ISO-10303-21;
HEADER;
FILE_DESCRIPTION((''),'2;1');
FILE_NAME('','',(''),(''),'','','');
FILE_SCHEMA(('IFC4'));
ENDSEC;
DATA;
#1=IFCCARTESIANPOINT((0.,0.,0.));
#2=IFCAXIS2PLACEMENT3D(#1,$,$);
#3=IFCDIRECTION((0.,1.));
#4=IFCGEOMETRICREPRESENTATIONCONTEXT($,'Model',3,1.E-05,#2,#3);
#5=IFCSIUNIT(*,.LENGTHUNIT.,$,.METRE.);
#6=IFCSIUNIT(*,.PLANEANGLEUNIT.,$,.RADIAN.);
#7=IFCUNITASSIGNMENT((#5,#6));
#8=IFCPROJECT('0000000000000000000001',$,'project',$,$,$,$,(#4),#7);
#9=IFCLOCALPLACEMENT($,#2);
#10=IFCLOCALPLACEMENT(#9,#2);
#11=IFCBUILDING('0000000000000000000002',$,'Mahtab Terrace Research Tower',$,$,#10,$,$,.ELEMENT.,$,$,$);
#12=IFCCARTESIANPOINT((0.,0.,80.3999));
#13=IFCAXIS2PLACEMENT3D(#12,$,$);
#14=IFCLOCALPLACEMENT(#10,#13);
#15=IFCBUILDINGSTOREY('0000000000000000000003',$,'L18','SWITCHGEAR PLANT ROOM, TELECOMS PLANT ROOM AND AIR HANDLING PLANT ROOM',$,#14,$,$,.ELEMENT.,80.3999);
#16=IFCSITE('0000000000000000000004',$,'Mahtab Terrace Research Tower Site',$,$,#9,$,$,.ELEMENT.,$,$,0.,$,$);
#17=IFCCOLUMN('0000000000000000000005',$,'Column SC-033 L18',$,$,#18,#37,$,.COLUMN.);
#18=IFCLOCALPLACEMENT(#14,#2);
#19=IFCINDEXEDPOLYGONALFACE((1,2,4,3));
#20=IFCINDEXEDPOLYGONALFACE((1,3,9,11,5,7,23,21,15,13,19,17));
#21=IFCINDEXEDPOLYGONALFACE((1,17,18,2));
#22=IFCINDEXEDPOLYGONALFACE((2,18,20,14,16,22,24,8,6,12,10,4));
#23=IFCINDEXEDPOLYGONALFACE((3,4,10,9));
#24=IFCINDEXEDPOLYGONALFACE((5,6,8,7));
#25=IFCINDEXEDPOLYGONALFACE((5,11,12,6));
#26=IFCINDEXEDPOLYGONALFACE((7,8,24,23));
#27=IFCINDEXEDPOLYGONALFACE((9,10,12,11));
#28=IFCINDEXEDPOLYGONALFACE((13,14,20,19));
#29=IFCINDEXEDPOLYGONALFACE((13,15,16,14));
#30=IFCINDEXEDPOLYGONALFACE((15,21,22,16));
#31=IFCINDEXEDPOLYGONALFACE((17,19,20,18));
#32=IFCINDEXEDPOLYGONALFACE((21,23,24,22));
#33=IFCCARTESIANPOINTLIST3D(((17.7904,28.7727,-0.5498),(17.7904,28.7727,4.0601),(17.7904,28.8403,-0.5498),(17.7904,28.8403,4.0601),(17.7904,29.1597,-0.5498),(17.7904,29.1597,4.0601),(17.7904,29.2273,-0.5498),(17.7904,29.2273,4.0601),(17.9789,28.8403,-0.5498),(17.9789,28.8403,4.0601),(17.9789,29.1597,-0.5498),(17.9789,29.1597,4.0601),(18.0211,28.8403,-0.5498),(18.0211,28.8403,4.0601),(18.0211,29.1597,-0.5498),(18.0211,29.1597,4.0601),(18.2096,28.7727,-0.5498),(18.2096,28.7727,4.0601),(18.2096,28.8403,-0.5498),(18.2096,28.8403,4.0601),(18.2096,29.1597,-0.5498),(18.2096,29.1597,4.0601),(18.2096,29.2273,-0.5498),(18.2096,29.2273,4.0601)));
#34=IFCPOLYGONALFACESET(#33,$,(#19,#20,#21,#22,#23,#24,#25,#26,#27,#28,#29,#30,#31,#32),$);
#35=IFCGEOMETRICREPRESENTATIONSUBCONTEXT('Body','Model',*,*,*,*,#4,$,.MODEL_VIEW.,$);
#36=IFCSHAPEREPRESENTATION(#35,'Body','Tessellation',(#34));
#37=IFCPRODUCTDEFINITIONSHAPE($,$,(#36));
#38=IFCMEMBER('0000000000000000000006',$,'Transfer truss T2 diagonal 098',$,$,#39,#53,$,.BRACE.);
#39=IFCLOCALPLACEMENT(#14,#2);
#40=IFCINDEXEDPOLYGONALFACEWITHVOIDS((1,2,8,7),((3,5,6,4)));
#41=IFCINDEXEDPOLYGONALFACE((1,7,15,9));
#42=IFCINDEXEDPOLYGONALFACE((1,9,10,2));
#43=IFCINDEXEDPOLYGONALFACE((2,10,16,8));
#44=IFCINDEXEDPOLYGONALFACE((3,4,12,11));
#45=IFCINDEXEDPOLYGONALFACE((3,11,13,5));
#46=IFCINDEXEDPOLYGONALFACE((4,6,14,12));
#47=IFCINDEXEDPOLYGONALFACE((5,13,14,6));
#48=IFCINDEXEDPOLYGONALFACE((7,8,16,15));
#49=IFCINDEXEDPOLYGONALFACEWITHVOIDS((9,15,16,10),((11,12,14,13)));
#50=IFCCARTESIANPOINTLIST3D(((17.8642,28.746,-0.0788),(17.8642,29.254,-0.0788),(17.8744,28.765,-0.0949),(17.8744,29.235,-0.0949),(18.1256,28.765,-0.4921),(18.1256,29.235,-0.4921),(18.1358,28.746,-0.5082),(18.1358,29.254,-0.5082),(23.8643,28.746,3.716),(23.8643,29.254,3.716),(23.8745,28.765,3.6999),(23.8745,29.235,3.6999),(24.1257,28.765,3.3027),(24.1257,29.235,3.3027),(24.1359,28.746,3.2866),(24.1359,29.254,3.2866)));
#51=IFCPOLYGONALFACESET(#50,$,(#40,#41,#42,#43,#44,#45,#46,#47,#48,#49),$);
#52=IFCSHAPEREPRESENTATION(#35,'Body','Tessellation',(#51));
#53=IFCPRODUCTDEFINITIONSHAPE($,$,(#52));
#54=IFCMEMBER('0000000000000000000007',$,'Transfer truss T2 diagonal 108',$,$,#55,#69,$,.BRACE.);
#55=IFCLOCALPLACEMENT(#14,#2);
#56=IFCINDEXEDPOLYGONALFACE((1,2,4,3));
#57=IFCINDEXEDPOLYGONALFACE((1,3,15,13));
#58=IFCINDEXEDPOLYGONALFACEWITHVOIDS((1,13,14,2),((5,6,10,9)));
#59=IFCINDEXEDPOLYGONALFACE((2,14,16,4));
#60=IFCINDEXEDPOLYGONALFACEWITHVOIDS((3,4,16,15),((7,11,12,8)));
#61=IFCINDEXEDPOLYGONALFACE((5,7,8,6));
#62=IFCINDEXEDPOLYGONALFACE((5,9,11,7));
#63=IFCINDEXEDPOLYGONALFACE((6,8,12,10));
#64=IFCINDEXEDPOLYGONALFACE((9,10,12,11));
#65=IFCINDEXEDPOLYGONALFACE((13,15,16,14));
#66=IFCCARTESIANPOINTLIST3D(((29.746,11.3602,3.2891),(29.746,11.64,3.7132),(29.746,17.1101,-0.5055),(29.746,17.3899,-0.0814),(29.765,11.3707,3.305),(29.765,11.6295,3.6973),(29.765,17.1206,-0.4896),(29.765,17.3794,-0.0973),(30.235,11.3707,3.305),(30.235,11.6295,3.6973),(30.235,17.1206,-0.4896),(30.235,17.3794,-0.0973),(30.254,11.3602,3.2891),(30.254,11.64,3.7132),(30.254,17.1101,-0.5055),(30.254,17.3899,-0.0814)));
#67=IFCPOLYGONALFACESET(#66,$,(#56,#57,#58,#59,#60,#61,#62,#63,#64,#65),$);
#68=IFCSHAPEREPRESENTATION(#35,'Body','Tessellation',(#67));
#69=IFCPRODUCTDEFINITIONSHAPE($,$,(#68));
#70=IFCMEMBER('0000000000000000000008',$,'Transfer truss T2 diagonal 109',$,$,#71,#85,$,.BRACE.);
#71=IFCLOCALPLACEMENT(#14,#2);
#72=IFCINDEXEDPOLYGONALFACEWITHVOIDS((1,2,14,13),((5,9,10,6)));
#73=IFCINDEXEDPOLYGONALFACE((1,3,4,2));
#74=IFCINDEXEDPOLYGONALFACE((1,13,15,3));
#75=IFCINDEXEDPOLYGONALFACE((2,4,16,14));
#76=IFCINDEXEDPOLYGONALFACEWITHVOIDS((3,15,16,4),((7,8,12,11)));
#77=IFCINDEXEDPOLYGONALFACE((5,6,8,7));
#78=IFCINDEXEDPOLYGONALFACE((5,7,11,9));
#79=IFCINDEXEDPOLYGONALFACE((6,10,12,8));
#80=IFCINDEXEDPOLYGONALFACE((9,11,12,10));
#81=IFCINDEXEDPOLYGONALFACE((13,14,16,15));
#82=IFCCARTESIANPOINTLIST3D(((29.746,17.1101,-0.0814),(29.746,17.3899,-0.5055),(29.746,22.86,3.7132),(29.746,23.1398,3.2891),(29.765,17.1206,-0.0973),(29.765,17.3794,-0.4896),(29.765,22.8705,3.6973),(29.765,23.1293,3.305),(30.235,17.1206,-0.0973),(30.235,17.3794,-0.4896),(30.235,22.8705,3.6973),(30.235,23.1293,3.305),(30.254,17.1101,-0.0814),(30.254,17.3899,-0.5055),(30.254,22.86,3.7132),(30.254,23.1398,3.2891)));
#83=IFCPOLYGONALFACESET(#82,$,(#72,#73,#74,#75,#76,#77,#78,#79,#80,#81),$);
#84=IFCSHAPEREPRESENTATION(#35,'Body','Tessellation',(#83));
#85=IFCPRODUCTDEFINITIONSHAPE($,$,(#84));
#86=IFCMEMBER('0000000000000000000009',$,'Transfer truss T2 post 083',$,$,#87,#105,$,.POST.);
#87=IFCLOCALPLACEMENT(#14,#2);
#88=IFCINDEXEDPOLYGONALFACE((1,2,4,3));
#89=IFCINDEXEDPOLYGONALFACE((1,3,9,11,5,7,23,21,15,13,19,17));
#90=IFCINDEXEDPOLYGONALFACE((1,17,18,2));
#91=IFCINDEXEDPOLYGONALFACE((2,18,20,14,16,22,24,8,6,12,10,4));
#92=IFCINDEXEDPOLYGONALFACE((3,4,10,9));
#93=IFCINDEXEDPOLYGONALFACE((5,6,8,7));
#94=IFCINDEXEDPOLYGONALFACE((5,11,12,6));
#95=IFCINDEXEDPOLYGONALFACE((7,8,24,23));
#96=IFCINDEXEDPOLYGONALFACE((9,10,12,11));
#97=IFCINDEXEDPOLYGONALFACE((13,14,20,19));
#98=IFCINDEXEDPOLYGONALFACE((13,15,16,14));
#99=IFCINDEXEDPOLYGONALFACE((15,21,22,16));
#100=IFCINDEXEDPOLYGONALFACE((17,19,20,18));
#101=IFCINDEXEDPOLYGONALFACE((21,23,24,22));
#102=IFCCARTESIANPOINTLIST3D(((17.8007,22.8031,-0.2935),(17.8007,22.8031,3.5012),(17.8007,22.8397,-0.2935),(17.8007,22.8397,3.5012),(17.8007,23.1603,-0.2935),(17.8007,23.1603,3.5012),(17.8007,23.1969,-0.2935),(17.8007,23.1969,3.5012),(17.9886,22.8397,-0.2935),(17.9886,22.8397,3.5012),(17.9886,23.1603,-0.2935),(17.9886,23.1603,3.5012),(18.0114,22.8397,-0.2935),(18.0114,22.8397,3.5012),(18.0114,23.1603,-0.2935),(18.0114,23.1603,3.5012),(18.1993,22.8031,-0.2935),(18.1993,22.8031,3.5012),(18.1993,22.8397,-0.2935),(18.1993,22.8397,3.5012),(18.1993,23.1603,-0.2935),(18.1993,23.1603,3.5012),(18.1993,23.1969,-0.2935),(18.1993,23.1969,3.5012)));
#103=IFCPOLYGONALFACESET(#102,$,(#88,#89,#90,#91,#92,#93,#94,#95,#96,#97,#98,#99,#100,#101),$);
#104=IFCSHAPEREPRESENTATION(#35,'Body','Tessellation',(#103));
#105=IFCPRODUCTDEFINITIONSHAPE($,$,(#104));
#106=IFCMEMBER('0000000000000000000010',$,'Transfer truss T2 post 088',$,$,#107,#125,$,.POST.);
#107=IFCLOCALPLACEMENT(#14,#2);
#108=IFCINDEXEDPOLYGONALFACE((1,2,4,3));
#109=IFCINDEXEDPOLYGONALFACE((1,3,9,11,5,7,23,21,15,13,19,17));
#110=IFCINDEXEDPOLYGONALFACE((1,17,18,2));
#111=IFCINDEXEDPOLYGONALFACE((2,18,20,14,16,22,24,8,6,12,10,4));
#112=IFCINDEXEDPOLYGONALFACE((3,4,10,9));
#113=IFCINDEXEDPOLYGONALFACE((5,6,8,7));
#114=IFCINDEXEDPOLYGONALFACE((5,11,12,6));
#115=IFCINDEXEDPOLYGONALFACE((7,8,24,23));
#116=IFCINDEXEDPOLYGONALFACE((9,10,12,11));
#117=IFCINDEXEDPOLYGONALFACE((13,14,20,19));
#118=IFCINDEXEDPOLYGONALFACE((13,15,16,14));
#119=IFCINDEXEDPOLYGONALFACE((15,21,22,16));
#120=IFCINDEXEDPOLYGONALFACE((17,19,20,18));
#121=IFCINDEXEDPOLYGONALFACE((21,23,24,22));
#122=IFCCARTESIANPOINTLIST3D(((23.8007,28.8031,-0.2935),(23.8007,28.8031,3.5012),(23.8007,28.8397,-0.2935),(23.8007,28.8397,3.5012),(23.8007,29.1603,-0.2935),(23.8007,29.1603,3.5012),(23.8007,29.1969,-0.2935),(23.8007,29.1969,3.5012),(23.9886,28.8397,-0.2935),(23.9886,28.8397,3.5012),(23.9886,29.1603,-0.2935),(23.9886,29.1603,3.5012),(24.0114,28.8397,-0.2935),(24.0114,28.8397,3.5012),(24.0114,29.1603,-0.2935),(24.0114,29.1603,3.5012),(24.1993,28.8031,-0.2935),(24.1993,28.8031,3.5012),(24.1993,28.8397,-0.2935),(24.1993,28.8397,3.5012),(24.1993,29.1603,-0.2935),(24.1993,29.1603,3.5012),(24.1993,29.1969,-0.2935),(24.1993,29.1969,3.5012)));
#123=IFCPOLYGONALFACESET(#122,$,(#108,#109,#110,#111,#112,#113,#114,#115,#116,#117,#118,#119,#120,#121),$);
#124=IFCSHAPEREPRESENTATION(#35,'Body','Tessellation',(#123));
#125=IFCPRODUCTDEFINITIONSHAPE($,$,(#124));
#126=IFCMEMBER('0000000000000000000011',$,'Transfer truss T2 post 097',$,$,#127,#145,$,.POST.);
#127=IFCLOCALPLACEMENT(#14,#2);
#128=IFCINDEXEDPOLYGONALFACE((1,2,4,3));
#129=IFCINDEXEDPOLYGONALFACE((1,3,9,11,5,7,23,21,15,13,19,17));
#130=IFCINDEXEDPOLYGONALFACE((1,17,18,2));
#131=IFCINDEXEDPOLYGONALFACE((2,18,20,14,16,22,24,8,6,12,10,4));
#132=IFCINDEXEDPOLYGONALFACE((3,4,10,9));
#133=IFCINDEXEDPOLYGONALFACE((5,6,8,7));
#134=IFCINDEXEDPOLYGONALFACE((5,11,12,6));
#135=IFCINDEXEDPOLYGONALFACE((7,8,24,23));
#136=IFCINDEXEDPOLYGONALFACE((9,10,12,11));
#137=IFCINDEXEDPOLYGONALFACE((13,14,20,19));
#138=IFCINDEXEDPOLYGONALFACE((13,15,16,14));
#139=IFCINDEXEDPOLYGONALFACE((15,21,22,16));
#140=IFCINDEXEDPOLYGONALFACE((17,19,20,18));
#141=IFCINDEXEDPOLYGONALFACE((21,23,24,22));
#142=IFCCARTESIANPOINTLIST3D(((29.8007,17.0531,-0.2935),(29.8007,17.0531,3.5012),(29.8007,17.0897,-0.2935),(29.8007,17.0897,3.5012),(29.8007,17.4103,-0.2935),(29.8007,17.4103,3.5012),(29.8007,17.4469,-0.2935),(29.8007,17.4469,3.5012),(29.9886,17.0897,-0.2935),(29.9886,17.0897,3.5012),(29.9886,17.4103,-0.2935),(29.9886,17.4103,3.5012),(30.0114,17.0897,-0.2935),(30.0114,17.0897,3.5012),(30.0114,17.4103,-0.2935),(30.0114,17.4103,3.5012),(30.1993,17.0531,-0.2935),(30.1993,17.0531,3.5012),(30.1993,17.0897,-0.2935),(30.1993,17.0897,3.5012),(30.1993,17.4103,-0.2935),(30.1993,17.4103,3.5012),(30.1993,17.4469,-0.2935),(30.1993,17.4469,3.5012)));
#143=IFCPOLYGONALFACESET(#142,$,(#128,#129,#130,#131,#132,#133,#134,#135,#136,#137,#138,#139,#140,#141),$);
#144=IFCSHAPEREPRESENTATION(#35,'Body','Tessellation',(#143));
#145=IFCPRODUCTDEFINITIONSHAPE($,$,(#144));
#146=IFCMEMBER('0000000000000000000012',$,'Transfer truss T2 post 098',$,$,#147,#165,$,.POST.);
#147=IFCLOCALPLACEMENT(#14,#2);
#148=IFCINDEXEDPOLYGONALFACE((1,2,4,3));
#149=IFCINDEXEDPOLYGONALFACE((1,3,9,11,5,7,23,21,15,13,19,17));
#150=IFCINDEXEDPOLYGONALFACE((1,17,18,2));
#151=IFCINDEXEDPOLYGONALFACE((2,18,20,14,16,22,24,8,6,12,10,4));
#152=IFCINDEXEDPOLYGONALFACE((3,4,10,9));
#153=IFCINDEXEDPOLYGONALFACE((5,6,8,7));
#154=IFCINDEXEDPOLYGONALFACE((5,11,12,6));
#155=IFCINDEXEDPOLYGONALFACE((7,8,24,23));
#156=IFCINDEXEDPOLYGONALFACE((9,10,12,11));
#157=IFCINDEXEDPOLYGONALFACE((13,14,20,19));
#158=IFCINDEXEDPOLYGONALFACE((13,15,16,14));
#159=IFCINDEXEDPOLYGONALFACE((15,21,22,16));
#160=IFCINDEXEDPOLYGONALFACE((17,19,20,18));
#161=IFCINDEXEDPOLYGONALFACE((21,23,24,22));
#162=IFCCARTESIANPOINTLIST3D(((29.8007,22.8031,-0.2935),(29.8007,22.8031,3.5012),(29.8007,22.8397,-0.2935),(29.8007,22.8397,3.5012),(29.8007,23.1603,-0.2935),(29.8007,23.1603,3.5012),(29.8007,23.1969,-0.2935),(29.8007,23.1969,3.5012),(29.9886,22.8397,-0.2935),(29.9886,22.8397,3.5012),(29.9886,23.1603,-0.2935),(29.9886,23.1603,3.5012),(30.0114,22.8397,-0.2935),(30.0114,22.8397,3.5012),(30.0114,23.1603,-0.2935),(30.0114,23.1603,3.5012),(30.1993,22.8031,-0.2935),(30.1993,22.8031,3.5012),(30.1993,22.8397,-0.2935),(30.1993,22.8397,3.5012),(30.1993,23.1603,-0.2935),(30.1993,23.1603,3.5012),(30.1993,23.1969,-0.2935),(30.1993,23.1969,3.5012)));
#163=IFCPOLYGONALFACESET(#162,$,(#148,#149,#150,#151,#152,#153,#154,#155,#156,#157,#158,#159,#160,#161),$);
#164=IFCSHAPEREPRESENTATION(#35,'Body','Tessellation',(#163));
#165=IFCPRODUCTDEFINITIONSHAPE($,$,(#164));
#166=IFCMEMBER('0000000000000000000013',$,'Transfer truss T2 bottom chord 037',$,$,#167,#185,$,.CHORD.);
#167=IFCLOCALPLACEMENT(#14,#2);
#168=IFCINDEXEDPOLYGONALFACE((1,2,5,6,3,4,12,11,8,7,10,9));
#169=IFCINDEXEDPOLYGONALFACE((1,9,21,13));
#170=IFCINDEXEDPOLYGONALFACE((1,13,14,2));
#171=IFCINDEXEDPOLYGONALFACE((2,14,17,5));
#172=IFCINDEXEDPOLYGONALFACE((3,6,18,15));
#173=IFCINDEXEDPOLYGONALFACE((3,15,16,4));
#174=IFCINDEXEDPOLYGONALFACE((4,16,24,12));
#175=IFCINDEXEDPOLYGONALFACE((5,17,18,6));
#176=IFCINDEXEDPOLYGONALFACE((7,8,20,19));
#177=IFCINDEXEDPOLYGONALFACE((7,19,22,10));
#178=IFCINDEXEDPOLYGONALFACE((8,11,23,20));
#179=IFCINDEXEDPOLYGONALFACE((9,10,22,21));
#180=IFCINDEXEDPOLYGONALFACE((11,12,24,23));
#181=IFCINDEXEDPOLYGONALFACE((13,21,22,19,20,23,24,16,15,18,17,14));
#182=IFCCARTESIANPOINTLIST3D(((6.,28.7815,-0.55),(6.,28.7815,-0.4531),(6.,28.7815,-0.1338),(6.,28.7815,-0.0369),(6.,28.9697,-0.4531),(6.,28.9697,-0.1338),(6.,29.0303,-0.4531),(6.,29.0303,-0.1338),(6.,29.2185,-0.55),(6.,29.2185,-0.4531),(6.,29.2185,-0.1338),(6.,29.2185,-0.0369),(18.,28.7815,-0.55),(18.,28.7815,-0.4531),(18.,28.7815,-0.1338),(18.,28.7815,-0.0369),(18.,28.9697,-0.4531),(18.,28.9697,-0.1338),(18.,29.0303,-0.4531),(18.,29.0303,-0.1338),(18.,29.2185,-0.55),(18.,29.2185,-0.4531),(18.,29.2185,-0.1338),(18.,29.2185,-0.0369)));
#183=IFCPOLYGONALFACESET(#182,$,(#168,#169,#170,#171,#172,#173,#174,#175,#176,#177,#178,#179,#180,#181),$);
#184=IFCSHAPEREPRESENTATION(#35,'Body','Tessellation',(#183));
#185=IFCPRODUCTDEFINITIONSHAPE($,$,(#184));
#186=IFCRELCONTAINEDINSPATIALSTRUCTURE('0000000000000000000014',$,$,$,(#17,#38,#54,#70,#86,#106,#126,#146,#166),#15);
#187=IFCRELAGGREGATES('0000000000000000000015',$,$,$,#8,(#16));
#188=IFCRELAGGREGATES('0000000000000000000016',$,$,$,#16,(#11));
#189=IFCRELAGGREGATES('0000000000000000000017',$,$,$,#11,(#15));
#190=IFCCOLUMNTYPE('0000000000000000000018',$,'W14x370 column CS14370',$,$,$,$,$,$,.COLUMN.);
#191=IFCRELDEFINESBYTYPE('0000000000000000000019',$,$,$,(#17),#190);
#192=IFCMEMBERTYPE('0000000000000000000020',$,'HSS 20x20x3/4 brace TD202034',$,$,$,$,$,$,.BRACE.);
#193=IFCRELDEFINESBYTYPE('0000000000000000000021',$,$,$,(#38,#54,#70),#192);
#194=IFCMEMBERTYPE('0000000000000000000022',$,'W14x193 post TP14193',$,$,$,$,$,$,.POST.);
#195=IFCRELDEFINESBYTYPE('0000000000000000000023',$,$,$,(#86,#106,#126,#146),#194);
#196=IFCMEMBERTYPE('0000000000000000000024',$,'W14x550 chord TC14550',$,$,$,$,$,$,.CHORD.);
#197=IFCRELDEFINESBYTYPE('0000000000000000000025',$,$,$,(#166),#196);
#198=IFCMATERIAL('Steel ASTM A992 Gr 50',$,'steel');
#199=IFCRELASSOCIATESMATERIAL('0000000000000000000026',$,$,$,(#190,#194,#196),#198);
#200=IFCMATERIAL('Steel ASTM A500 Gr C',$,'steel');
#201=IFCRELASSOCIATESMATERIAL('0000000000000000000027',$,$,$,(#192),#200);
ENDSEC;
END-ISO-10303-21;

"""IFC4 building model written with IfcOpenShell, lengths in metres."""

from ifc_helpers import new_model, si_unit, direction, frame, origin, origin_2d, place, context, subcontext, project, spatial, hollow_rectangle, i_section, extrude, material, material_profile, profile_set, type_object, element, save


model = new_model("IFC4")

# Units and contexts
model_context = context("Model", 3, precision=1e-05, world=origin(), true_north=direction((0.0, 1.0)))
body_context = subcontext(model_context, "Body", "Model", "MODEL_VIEW")
ifc_project = project(units=[si_unit("LENGTHUNIT", "METRE"), si_unit("PLANEANGLEUNIT", "RADIAN")], contexts=[model_context])

# Site, building, storey
site_placement = place(None, origin())
site = spatial("IfcSite", under=ifc_project, at=site_placement, Name="Mahtab Terrace Research Tower Site", CompositionType="ELEMENT", RefElevation=0.0)
building_placement = place(site_placement, origin())
building = spatial("IfcBuilding", under=site, at=building_placement, Name="Mahtab Terrace Research Tower", CompositionType="ELEMENT")
storey_placement = place(building_placement, frame((0.0, 0.0, 80.3999)))
storey = spatial("IfcBuildingStorey", under=building, at=storey_placement, Name="L18", Description="SWITCHGEAR PLANT ROOM, TELECOMS PLANT ROOM AND AIR HANDLING PLANT ROOM", CompositionType="ELEMENT", Elevation=80.3999)

# Column
ifc_material_1 = material(Name="Steel ASTM A992 Gr 50", Category="steel")
ifc_material_profile_1 = material_profile(ifc_material_1, i_section(OverallWidth=0.4192, OverallDepth=0.4546, WebThickness=0.0422, FlangeThickness=0.0676, at=origin_2d()), Name="W14X370")
ifc_profile_set_1 = profile_set([ifc_material_profile_1], Name="Steel ASTM A992 Gr 50")
column_type = type_object("IfcColumnType", Name="W14x370 column CS14370", PredefinedType="COLUMN", material=ifc_profile_set_1)
column_placement = place(storey_placement, frame((18.0, 29.0, -0.5498), z_axis=(0.0, 0.0, 1.0), x_axis=(1.0, 0.0, 0.0)))
element("IfcColumn", 1, at=column_placement, inside=storey, type_object=column_type, Name="Column SC-033 L18", PredefinedType="COLUMN", context=body_context, shape_type="SweptSolid", body=[
    extrude(i_section(OverallWidth=0.4192, OverallDepth=0.4546, WebThickness=0.0422, FlangeThickness=0.0676, at=origin_2d()), origin(), (0.0, 0.0, 1.0), 4.6099),
])

# Members
ifc_material_2 = material(Name="Steel ASTM A500 Gr C", Category="steel")
ifc_material_profile_2 = material_profile(ifc_material_2, hollow_rectangle(XDim=0.5081, YDim=0.5081, WallThickness=0.019, at=origin_2d()), Name="HSS20X20X3/4")
ifc_profile_set_2 = profile_set([ifc_material_profile_2], Name="Steel ASTM A500 Gr C")
member_type_1 = type_object("IfcMemberType", Name="HSS 20x20x3/4 brace TD202034", PredefinedType="BRACE", material=ifc_profile_set_2)
member_1_placement = place(storey_placement, frame((18.0, 29.0, -0.2935), z_axis=(0.845158, 0.0, 0.534517), x_axis=(0.0, 1.0, 0.0)))
element("IfcMember", 2, at=member_1_placement, inside=storey, type_object=member_type_1, Name="Transfer truss T2 diagonal 098", PredefinedType="BRACE", context=body_context, shape_type="SweptSolid", body=[
    extrude(hollow_rectangle(XDim=0.5081, YDim=0.5081, WallThickness=0.019, at=origin_2d()), origin(), (0.0, 0.0, 1.0), 7.0994),
])
for number, where, z_axis, x_axis, name in (
    (3, (30.0, 17.25, -0.2935), (0.0, -0.834631, 0.55081), (1.0, 0.0, 0.0), "Transfer truss T2 diagonal 108"),
    (4, (30.0, 17.25, -0.2935), (0.0, 0.834631, 0.55081), (-1.0, 0.0, 0.0), "Transfer truss T2 diagonal 109"),
):
    element("IfcMember", number, at=place(storey_placement, frame(where, z_axis=z_axis, x_axis=x_axis)), inside=storey, type_object=member_type_1, Name=name, PredefinedType="BRACE", context=body_context, shape_type="SweptSolid", body=[
        extrude(hollow_rectangle(XDim=0.5081, YDim=0.5081, WallThickness=0.019, at=origin_2d()), origin(), (0.0, 0.0, 1.0), 6.8892),
    ])
ifc_material_profile_3 = material_profile(ifc_material_1, i_section(OverallWidth=0.3987, OverallDepth=0.3938, WebThickness=0.0227, FlangeThickness=0.0366, at=origin_2d()), Name="W14X193")
ifc_profile_set_3 = profile_set([ifc_material_profile_3], Name="Steel ASTM A992 Gr 50")
member_type_2 = type_object("IfcMemberType", Name="W14x193 post TP14193", PredefinedType="POST", material=ifc_profile_set_3)
for number, where, z_axis, x_axis, name in (
    (5, (18.0, 23.0, -0.2935), (0.0, 0.0, 1.0), (1.0, 0.0, 0.0), "Transfer truss T2 post 083"),
    (6, (24.0, 29.0, -0.2935), (0.0, 0.0, 1.0), (1.0, 0.0, 0.0), "Transfer truss T2 post 088"),
    (7, (30.0, 17.25, -0.2935), (0.0, 0.0, 1.0), (1.0, 0.0, 0.0), "Transfer truss T2 post 097"),
    (8, (30.0, 23.0, -0.2935), (0.0, 0.0, 1.0), (1.0, 0.0, 0.0), "Transfer truss T2 post 098"),
):
    element("IfcMember", number, at=place(storey_placement, frame(where, z_axis=z_axis, x_axis=x_axis)), inside=storey, type_object=member_type_2, Name=name, PredefinedType="POST", context=body_context, shape_type="SweptSolid", body=[
        extrude(i_section(OverallWidth=0.3987, OverallDepth=0.3938, WebThickness=0.0227, FlangeThickness=0.0366, at=origin_2d()), origin(), (0.0, 0.0, 1.0), 3.7947),
    ])
ifc_material_profile_4 = material_profile(ifc_material_1, i_section(OverallWidth=0.437, OverallDepth=0.5132, WebThickness=0.0605, FlangeThickness=0.0969, at=origin_2d()), Name="W14X550")
ifc_profile_set_4 = profile_set([ifc_material_profile_4], Name="Steel ASTM A992 Gr 50")
member_type_3 = type_object("IfcMemberType", Name="W14x550 chord TC14550", PredefinedType="CHORD", material=ifc_profile_set_4)
member_2_placement = place(storey_placement, frame((18.0, 29.0, -0.2935), z_axis=(-1.0, 0.0, 0.0), x_axis=(0.0, -1.0, 0.0)))
element("IfcMember", 9, at=member_2_placement, inside=storey, type_object=member_type_3, Name="Transfer truss T2 bottom chord 037", PredefinedType="CHORD", context=body_context, shape_type="SweptSolid", body=[
    extrude(i_section(OverallWidth=0.437, OverallDepth=0.5132, WebThickness=0.0605, FlangeThickness=0.0969, at=origin_2d()), origin(), (0.0, 0.0, 1.0), 12.0),
])

save(model, "model.ifc")
